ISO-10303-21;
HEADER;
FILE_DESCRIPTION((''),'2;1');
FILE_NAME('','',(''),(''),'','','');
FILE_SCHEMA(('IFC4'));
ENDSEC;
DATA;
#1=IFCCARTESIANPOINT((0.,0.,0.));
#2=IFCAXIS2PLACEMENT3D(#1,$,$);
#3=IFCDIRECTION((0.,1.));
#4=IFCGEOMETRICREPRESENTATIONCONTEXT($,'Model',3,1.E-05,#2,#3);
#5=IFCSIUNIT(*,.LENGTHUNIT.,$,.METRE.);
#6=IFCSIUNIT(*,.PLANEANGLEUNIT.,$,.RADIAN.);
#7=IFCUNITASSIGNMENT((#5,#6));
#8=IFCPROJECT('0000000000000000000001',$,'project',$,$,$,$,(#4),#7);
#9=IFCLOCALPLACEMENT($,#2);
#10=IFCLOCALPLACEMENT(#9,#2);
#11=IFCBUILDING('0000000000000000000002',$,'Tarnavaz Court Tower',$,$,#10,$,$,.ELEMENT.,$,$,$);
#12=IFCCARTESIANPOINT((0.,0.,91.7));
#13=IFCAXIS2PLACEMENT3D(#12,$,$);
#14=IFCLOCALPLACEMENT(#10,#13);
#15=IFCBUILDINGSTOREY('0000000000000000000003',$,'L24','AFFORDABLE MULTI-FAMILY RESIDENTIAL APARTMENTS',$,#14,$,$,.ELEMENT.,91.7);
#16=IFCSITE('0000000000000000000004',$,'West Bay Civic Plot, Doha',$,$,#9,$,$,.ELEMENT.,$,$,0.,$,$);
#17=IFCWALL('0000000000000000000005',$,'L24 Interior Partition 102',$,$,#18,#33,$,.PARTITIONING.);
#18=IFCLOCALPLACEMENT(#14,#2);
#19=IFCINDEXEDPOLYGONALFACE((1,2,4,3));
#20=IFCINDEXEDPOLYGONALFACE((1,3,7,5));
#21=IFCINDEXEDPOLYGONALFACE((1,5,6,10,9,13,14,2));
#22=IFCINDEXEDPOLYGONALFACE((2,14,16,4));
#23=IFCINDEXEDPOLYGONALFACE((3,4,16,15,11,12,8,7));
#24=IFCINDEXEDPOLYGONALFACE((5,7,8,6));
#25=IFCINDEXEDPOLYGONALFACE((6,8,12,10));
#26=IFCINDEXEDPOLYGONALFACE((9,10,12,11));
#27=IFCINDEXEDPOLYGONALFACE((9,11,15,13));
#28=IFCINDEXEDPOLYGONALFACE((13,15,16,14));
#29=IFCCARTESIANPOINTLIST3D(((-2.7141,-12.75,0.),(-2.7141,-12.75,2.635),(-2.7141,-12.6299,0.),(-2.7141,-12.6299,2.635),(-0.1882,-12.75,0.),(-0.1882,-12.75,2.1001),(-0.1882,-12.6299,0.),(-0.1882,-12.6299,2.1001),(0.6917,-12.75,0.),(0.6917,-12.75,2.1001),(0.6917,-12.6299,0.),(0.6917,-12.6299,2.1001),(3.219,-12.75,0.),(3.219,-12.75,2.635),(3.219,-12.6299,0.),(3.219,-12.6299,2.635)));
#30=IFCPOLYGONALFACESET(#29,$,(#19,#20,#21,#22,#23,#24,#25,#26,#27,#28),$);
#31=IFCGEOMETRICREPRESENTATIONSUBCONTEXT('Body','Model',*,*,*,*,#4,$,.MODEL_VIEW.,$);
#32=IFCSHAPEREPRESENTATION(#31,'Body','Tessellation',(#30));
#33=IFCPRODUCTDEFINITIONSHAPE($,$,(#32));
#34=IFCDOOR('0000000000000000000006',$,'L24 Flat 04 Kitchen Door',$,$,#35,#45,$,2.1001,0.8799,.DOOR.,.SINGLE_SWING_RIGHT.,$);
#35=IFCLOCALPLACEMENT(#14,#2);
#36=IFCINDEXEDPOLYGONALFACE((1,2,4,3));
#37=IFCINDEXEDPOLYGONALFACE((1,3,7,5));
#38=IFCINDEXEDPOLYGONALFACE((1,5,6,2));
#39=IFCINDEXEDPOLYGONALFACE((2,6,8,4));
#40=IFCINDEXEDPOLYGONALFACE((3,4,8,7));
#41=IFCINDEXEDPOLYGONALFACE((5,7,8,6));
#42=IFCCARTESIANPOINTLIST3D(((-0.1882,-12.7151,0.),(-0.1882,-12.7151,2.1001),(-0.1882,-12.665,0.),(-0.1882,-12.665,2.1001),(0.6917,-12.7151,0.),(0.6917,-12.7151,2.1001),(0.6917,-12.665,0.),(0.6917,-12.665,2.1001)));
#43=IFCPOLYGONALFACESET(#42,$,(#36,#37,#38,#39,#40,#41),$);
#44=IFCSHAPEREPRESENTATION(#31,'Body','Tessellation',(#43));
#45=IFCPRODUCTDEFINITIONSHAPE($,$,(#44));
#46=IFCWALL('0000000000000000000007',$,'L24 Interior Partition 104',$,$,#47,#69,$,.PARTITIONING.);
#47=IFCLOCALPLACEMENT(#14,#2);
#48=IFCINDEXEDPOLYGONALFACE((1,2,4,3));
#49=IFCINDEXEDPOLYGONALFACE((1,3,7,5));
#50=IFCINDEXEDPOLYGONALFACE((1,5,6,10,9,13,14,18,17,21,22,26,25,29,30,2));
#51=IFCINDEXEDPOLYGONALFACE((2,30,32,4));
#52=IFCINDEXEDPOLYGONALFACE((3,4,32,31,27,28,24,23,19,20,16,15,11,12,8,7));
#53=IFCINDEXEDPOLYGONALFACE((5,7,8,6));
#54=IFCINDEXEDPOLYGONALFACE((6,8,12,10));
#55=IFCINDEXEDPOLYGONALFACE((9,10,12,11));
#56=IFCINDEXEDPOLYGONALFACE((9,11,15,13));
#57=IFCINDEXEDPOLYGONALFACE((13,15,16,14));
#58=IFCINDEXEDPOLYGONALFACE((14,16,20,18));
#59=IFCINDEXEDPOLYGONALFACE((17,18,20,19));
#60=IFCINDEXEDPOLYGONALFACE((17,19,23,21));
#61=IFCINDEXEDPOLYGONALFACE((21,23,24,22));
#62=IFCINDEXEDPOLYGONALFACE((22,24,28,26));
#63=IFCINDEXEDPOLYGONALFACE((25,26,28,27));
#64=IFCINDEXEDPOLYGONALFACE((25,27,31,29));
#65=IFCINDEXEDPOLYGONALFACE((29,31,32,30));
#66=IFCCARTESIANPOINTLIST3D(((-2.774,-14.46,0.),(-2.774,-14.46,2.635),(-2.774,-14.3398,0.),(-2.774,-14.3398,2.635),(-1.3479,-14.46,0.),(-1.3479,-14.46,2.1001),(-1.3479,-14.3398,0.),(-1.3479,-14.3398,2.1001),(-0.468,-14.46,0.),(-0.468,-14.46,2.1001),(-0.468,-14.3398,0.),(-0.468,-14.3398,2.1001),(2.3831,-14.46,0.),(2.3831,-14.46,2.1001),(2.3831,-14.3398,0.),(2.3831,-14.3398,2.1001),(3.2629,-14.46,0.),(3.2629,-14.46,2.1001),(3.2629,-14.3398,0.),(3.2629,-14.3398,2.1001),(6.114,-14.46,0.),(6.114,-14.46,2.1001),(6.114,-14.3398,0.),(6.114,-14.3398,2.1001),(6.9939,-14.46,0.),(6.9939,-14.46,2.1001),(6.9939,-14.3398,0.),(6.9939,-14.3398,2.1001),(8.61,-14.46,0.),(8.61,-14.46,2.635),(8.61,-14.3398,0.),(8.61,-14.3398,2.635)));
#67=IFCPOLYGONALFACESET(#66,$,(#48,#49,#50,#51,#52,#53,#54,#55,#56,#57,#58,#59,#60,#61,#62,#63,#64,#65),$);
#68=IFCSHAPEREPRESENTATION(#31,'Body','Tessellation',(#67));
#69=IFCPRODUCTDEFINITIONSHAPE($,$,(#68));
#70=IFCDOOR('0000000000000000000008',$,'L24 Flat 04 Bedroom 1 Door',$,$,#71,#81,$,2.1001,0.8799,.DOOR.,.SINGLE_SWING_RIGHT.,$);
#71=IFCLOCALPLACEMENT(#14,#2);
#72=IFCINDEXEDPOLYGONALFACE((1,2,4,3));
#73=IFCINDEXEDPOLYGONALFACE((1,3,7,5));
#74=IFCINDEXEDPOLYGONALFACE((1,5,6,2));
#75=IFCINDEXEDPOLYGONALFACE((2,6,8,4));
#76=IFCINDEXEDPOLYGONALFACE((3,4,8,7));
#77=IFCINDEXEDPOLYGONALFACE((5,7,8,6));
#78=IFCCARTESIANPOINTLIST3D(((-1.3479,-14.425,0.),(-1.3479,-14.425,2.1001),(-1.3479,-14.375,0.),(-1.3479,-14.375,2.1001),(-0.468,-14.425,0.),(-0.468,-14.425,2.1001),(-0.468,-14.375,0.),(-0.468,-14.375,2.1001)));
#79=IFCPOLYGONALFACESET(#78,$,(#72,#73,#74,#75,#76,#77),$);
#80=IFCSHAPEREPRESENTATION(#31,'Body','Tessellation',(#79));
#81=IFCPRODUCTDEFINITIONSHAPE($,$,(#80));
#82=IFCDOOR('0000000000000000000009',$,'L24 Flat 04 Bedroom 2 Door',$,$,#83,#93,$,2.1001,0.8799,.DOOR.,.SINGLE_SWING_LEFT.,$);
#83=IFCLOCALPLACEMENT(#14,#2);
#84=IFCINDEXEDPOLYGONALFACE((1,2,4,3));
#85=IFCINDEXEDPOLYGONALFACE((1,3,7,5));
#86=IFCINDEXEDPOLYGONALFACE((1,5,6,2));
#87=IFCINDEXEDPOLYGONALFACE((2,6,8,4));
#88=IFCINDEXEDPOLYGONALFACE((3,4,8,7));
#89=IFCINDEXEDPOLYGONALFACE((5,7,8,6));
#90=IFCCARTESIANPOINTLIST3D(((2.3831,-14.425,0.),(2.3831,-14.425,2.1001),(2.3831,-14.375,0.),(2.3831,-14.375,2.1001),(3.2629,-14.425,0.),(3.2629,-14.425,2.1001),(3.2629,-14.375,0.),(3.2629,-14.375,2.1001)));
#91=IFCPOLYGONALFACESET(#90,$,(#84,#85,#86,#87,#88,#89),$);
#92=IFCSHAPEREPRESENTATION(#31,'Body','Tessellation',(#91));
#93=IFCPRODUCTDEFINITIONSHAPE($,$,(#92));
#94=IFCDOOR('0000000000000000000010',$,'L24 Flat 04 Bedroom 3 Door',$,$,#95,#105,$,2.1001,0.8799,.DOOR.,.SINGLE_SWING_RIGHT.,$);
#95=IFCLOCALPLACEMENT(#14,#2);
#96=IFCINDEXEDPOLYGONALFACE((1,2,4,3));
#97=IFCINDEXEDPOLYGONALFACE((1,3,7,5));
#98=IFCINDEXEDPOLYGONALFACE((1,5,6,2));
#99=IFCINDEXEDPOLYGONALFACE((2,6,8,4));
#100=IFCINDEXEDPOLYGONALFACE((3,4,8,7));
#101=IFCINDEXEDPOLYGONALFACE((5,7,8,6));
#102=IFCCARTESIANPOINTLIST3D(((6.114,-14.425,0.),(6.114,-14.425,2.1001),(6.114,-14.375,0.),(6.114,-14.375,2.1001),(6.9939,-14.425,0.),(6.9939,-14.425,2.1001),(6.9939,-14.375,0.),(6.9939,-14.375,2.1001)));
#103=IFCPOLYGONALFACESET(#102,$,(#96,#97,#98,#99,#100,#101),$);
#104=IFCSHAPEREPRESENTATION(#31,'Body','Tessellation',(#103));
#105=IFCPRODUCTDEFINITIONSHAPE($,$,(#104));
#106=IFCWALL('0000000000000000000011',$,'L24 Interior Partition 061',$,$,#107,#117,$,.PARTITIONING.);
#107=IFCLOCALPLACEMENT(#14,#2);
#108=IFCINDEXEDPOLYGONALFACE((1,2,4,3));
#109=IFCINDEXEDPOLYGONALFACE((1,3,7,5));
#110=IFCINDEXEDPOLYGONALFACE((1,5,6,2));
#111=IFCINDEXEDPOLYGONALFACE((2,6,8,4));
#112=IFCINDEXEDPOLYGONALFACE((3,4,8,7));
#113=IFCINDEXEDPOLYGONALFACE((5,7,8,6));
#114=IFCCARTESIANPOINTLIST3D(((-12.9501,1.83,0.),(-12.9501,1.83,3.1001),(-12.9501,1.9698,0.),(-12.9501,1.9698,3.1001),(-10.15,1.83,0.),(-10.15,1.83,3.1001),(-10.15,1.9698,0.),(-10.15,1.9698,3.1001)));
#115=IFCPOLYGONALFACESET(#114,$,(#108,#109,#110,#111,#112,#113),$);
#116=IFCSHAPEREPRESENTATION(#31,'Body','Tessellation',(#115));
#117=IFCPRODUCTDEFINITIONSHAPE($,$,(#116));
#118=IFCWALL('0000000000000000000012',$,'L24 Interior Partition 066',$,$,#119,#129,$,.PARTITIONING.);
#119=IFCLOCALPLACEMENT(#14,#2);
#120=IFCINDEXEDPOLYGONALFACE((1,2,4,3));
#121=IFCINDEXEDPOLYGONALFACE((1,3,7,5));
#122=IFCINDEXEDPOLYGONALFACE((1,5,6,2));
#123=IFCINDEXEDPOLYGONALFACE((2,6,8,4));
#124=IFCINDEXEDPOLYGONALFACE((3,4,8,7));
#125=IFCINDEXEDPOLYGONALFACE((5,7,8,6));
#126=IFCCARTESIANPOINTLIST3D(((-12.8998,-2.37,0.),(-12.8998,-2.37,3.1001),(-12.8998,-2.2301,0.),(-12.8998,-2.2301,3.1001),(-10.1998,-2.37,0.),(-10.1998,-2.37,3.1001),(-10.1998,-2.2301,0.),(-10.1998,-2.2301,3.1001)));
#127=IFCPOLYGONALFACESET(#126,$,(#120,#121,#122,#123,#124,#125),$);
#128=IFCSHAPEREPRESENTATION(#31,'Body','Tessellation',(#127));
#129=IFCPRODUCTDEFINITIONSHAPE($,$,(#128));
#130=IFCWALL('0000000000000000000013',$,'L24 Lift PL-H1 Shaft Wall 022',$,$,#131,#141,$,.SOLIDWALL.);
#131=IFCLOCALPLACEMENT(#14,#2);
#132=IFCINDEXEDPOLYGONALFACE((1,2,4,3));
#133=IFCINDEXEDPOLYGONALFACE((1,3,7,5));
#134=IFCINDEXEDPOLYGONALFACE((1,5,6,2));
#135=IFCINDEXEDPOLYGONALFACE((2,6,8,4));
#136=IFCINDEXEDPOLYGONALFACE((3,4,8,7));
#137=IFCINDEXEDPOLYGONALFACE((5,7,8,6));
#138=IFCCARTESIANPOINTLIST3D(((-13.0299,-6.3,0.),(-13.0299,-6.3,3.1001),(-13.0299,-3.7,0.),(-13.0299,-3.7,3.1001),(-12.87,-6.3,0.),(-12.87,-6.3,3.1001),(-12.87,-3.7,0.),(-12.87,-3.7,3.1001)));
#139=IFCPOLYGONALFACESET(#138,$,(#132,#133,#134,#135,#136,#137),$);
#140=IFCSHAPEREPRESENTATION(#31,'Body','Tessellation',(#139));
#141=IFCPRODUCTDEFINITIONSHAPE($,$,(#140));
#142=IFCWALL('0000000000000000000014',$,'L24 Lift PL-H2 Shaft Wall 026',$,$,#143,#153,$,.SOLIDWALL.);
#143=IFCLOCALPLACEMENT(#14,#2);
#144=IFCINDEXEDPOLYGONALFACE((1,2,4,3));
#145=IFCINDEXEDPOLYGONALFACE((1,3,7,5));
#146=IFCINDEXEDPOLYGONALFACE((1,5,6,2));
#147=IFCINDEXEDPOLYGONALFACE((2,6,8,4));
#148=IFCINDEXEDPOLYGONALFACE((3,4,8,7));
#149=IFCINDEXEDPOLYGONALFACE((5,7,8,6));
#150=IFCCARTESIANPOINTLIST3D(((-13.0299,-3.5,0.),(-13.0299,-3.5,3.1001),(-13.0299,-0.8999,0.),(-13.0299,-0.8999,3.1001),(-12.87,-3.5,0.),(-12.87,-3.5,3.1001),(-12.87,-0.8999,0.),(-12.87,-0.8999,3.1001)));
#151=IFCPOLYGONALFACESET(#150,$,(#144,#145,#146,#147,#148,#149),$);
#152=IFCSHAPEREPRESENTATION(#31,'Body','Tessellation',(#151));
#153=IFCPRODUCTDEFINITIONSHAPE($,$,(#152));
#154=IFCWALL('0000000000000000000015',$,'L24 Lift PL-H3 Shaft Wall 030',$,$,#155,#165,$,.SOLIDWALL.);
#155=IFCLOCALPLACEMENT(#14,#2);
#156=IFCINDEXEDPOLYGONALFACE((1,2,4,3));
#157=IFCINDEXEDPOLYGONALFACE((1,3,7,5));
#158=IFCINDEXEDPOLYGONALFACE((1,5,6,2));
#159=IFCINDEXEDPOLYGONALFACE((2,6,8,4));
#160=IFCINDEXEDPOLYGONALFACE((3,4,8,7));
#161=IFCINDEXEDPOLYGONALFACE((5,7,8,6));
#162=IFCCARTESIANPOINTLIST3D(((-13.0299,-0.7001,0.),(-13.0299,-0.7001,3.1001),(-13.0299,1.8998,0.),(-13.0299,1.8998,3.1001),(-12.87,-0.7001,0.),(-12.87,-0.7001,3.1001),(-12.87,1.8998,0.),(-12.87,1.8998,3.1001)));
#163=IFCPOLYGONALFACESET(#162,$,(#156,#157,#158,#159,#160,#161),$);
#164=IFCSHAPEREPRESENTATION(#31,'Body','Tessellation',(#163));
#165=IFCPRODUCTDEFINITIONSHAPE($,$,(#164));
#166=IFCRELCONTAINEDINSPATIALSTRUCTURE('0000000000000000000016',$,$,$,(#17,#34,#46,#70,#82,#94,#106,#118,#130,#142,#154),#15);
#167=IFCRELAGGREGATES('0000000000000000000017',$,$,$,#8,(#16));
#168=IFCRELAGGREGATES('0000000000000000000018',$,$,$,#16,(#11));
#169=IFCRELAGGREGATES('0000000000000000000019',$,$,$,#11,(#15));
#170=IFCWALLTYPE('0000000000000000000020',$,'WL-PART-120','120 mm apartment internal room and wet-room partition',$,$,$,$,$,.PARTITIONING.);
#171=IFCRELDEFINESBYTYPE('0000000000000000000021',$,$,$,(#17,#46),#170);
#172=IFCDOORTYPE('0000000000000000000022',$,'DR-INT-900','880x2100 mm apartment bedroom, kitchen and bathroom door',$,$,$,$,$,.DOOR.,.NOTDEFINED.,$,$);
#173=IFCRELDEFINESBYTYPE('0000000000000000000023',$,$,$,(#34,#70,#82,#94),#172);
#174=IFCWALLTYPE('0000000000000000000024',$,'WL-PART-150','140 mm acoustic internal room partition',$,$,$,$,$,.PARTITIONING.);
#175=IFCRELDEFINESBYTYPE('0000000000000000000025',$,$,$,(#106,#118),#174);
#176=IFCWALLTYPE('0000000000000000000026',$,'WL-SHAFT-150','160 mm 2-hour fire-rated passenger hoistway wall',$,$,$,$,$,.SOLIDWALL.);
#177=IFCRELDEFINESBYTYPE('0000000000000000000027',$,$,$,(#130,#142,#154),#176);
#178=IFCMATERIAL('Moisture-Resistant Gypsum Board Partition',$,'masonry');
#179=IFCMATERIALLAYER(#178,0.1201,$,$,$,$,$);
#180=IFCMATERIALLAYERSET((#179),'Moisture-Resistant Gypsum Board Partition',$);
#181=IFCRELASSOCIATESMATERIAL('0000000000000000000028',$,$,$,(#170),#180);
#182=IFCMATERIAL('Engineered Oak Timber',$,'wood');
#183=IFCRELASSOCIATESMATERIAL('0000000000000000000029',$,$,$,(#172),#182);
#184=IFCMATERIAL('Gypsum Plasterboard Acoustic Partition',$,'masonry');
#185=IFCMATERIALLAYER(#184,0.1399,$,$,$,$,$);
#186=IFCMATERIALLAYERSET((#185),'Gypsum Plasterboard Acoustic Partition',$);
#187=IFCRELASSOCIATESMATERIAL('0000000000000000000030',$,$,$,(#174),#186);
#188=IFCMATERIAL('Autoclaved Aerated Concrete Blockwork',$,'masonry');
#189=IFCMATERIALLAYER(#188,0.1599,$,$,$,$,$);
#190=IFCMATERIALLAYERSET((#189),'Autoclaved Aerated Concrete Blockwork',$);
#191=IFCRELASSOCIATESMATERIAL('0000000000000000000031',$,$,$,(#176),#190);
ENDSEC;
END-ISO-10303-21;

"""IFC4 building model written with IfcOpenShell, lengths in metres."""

from ifc_helpers import new_model, si_unit, direction, frame, frame_2d, origin, place, context, subcontext, project, spatial, rectangle, extrude, material, layer, layer_set, type_object, element, fill, save


model = new_model("IFC4")

# Units and contexts
model_context = context("Model", 3, precision=1e-05, world=origin(), true_north=direction((0.0, 1.0)))
body_context = subcontext(model_context, "Body", "Model", "MODEL_VIEW")
ifc_project = project(units=[si_unit("LENGTHUNIT", "METRE"), si_unit("PLANEANGLEUNIT", "RADIAN")], contexts=[model_context])

# Site, building, storey
site_placement = place(None, origin())
site = spatial("IfcSite", under=ifc_project, at=site_placement, Name="West Bay Civic Plot, Doha", CompositionType="ELEMENT", RefElevation=0.0)
building_placement = place(site_placement, origin())
building = spatial("IfcBuilding", under=site, at=building_placement, Name="Tarnavaz Court Tower", CompositionType="ELEMENT")
storey_placement = place(building_placement, frame((0.0, 0.0, 91.7)))
storey = spatial("IfcBuildingStorey", under=building, at=storey_placement, Name="L24", Description="AFFORDABLE MULTI-FAMILY RESIDENTIAL APARTMENTS", CompositionType="ELEMENT", Elevation=91.7)

# Wall, opening, door
ifc_material_1 = material(Name="Moisture-Resistant Gypsum Board Partition", Category="masonry")
ifc_layer_1 = layer(ifc_material_1, 0.1201)
ifc_layer_set_1 = layer_set([ifc_layer_1], Name="Moisture-Resistant Gypsum Board Partition")
wall_type_1 = type_object("IfcWallType", Name="WL-PART-120", Description="120 mm apartment internal room and wet-room partition", PredefinedType="PARTITIONING", material=ifc_layer_set_1)
wall_1_placement = place(storey_placement, frame((-2.7141, -12.6899, 0.0), z_axis=(0.0, 0.0, 1.0), x_axis=(1.0, 0.0, 0.0)))
wall_1 = element("IfcWall", 1, at=wall_1_placement, inside=storey, type_object=wall_type_1, Name="L24 Interior Partition 102", PredefinedType="PARTITIONING", context=body_context, shape_type="SweptSolid", body=[
    extrude(rectangle(XDim=5.9331, YDim=0.1201, at=frame_2d((2.9666, 0.0))), origin(), (0.0, 0.0, 1.0), 2.635),
])
opening_1_placement = place(wall_1_placement, frame((2.5259, 0.0, 0.0)))
opening_1 = element("IfcOpeningElement", 2, at=opening_1_placement, cuts=wall_1, PredefinedType="OPENING", context=body_context, shape_type="SweptSolid", body=[
    extrude(rectangle(XDim=0.8799, YDim=2.1001, at=frame_2d((0.4399, 1.05))), frame((0.0, 0.0701, 0.0), z_axis=(0.0, -1.0, 0.0), x_axis=(1.0, 0.0, 0.0)), (0.0, 0.0, 1.0), 0.1401),
])
ifc_material_2 = material(Name="Engineered Oak Timber", Category="wood")
door_type_1 = type_object("IfcDoorType", Name="DR-INT-900", Description="880x2100 mm apartment bedroom, kitchen and bathroom door", OperationType="NOTDEFINED", PredefinedType="DOOR", material=ifc_material_2)
door_1_placement = place(opening_1_placement, origin())
door_1 = element("IfcDoor", 3, at=door_1_placement, inside=storey, type_object=door_type_1, Name="L24 Flat 04 Kitchen Door", OperationType="SINGLE_SWING_RIGHT", OverallHeight=2.1001, OverallWidth=0.8799, PredefinedType="DOOR", context=body_context, shape_type="SweptSolid", body=[
    extrude(rectangle(XDim=0.8799, YDim=2.1001, at=frame_2d((0.4399, 1.05))), frame((0.0, 0.0249, 0.0), z_axis=(0.0, -1.0, 0.0), x_axis=(1.0, 0.0, 0.0)), (0.0, 0.0, 1.0), 0.05),
])
fill(opening_1, door_1)

# Wall, openings, doors
wall_2_placement = place(storey_placement, frame((-2.7739, -14.3999, 0.0), z_axis=(0.0, 0.0, 1.0), x_axis=(1.0, 0.0, 0.0)))
wall_2 = element("IfcWall", 4, at=wall_2_placement, inside=storey, type_object=wall_type_1, Name="L24 Interior Partition 104", PredefinedType="PARTITIONING", context=body_context, shape_type="SweptSolid", body=[
    extrude(rectangle(XDim=11.384, YDim=0.1201, at=frame_2d((5.6919, 0.0))), origin(), (0.0, 0.0, 1.0), 2.635),
])
opening_2_placement = place(wall_2_placement, frame((1.426, 0.0, 0.0)))
opening_2 = element("IfcOpeningElement", 5, at=opening_2_placement, cuts=wall_2, PredefinedType="OPENING", context=body_context, shape_type="SweptSolid", body=[
    extrude(rectangle(XDim=0.8799, YDim=2.1001, at=frame_2d((0.4399, 1.05))), frame((0.0, 0.0701, 0.0), z_axis=(0.0, -1.0, 0.0), x_axis=(1.0, 0.0, 0.0)), (0.0, 0.0, 1.0), 0.1401),
])
opening_3_placement = place(wall_2_placement, frame((5.157, 0.0, 0.0)))
opening_3 = element("IfcOpeningElement", 6, at=opening_3_placement, cuts=wall_2, PredefinedType="OPENING", context=body_context, shape_type="SweptSolid", body=[
    extrude(rectangle(XDim=0.8799, YDim=2.1001, at=frame_2d((0.4399, 1.05))), frame((0.0, 0.0701, 0.0), z_axis=(0.0, -1.0, 0.0), x_axis=(1.0, 0.0, 0.0)), (0.0, 0.0, 1.0), 0.1401),
])
opening_4_placement = place(wall_2_placement, frame((8.8879, 0.0, 0.0)))
opening_4 = element("IfcOpeningElement", 7, at=opening_4_placement, cuts=wall_2, PredefinedType="OPENING", context=body_context, shape_type="SweptSolid", body=[
    extrude(rectangle(XDim=0.8799, YDim=2.1001, at=frame_2d((0.4399, 1.05))), frame((0.0, 0.0701, 0.0), z_axis=(0.0, -1.0, 0.0), x_axis=(1.0, 0.0, 0.0)), (0.0, 0.0, 1.0), 0.1401),
])
door_2_placement = place(opening_2_placement, origin())
door_2 = element("IfcDoor", 8, at=door_2_placement, inside=storey, type_object=door_type_1, Name="L24 Flat 04 Bedroom 1 Door", OperationType="SINGLE_SWING_RIGHT", OverallHeight=2.1001, OverallWidth=0.8799, PredefinedType="DOOR", context=body_context, shape_type="SweptSolid", body=[
    extrude(rectangle(XDim=0.8799, YDim=2.1001, at=frame_2d((0.4399, 1.05))), frame((0.0, 0.0249, 0.0), z_axis=(0.0, -1.0, 0.0), x_axis=(1.0, 0.0, 0.0)), (0.0, 0.0, 1.0), 0.05),
])
fill(opening_2, door_2)
door_3_placement = place(opening_3_placement, origin())
door_3 = element("IfcDoor", 9, at=door_3_placement, inside=storey, type_object=door_type_1, Name="L24 Flat 04 Bedroom 2 Door", OperationType="SINGLE_SWING_LEFT", OverallHeight=2.1001, OverallWidth=0.8799, PredefinedType="DOOR", context=body_context, shape_type="SweptSolid", body=[
    extrude(rectangle(XDim=0.8799, YDim=2.1001, at=frame_2d((0.4399, 1.05))), frame((0.0, 0.0249, 0.0), z_axis=(0.0, -1.0, 0.0), x_axis=(1.0, 0.0, 0.0)), (0.0, 0.0, 1.0), 0.05),
])
fill(opening_3, door_3)
door_4_placement = place(opening_4_placement, origin())
door_4 = element("IfcDoor", 10, at=door_4_placement, inside=storey, type_object=door_type_1, Name="L24 Flat 04 Bedroom 3 Door", OperationType="SINGLE_SWING_RIGHT", OverallHeight=2.1001, OverallWidth=0.8799, PredefinedType="DOOR", context=body_context, shape_type="SweptSolid", body=[
    extrude(rectangle(XDim=0.8799, YDim=2.1001, at=frame_2d((0.4399, 1.05))), frame((0.0, 0.0249, 0.0), z_axis=(0.0, -1.0, 0.0), x_axis=(1.0, 0.0, 0.0)), (0.0, 0.0, 1.0), 0.05),
])
fill(opening_4, door_4)

# Wall
ifc_material_3 = material(Name="Gypsum Plasterboard Acoustic Partition", Category="masonry")
ifc_layer_2 = layer(ifc_material_3, 0.1399)
ifc_layer_set_2 = layer_set([ifc_layer_2], Name="Gypsum Plasterboard Acoustic Partition")
wall_type_2 = type_object("IfcWallType", Name="WL-PART-150", Description="140 mm acoustic internal room partition", PredefinedType="PARTITIONING", material=ifc_layer_set_2)
wall_3_placement = place(storey_placement, frame((-12.95, 1.8999, 0.0), z_axis=(0.0, 0.0, 1.0), x_axis=(1.0, 0.0, 0.0)))
element("IfcWall", 11, at=wall_3_placement, inside=storey, type_object=wall_type_2, Name="L24 Interior Partition 061", PredefinedType="PARTITIONING", context=body_context, shape_type="SweptSolid", body=[
    extrude(rectangle(XDim=2.8, YDim=0.1399, at=frame_2d((1.3999, 0.0))), origin(), (0.0, 0.0, 1.0), 3.1001),
])

# Walls
wall_4_placement = place(storey_placement, frame((-12.8999, -2.3, 0.0), z_axis=(0.0, 0.0, 1.0), x_axis=(1.0, 0.0, 0.0)))
element("IfcWall", 12, at=wall_4_placement, inside=storey, type_object=wall_type_2, Name="L24 Interior Partition 066", PredefinedType="PARTITIONING", context=body_context, shape_type="SweptSolid", body=[
    extrude(rectangle(XDim=2.7, YDim=0.1399, at=frame_2d((1.3501, 0.0))), origin(), (0.0, 0.0, 1.0), 3.1001),
])
ifc_material_4 = material(Name="Autoclaved Aerated Concrete Blockwork", Category="masonry")
ifc_layer_3 = layer(ifc_material_4, 0.1599)
ifc_layer_set_3 = layer_set([ifc_layer_3], Name="Autoclaved Aerated Concrete Blockwork")
wall_type_3 = type_object("IfcWallType", Name="WL-SHAFT-150", Description="160 mm 2-hour fire-rated passenger hoistway wall", PredefinedType="SOLIDWALL", material=ifc_layer_set_3)
for number, where, z_axis, x_axis, name in (
    (13, (-12.95, -6.3, 0.0), (0.0, 0.0, 1.0), (0.0, 1.0, 0.0), "L24 Lift PL-H1 Shaft Wall 022"),
    (14, (-12.95, -3.5, 0.0), (0.0, 0.0, 1.0), (0.0, 1.0, 0.0), "L24 Lift PL-H2 Shaft Wall 026"),
):
    element("IfcWall", number, at=place(storey_placement, frame(where, z_axis=z_axis, x_axis=x_axis)), inside=storey, type_object=wall_type_3, Name=name, PredefinedType="SOLIDWALL", context=body_context, shape_type="SweptSolid", body=[
        extrude(rectangle(XDim=2.6001, YDim=0.1599, at=frame_2d((1.3, 0.0))), origin(), (0.0, 0.0, 1.0), 3.1001),
    ])
wall_5_placement = place(storey_placement, frame((-12.95, -0.7, 0.0), z_axis=(0.0, 0.0, 1.0), x_axis=(0.0, 1.0, 0.0)))
element("IfcWall", 15, at=wall_5_placement, inside=storey, type_object=wall_type_3, Name="L24 Lift PL-H3 Shaft Wall 030", PredefinedType="SOLIDWALL", context=body_context, shape_type="SweptSolid", body=[
    extrude(rectangle(XDim=2.5999, YDim=0.1599, at=frame_2d((1.2998, 0.0))), origin(), (0.0, 0.0, 1.0), 3.1001),
])

save(model, "model.ifc")
